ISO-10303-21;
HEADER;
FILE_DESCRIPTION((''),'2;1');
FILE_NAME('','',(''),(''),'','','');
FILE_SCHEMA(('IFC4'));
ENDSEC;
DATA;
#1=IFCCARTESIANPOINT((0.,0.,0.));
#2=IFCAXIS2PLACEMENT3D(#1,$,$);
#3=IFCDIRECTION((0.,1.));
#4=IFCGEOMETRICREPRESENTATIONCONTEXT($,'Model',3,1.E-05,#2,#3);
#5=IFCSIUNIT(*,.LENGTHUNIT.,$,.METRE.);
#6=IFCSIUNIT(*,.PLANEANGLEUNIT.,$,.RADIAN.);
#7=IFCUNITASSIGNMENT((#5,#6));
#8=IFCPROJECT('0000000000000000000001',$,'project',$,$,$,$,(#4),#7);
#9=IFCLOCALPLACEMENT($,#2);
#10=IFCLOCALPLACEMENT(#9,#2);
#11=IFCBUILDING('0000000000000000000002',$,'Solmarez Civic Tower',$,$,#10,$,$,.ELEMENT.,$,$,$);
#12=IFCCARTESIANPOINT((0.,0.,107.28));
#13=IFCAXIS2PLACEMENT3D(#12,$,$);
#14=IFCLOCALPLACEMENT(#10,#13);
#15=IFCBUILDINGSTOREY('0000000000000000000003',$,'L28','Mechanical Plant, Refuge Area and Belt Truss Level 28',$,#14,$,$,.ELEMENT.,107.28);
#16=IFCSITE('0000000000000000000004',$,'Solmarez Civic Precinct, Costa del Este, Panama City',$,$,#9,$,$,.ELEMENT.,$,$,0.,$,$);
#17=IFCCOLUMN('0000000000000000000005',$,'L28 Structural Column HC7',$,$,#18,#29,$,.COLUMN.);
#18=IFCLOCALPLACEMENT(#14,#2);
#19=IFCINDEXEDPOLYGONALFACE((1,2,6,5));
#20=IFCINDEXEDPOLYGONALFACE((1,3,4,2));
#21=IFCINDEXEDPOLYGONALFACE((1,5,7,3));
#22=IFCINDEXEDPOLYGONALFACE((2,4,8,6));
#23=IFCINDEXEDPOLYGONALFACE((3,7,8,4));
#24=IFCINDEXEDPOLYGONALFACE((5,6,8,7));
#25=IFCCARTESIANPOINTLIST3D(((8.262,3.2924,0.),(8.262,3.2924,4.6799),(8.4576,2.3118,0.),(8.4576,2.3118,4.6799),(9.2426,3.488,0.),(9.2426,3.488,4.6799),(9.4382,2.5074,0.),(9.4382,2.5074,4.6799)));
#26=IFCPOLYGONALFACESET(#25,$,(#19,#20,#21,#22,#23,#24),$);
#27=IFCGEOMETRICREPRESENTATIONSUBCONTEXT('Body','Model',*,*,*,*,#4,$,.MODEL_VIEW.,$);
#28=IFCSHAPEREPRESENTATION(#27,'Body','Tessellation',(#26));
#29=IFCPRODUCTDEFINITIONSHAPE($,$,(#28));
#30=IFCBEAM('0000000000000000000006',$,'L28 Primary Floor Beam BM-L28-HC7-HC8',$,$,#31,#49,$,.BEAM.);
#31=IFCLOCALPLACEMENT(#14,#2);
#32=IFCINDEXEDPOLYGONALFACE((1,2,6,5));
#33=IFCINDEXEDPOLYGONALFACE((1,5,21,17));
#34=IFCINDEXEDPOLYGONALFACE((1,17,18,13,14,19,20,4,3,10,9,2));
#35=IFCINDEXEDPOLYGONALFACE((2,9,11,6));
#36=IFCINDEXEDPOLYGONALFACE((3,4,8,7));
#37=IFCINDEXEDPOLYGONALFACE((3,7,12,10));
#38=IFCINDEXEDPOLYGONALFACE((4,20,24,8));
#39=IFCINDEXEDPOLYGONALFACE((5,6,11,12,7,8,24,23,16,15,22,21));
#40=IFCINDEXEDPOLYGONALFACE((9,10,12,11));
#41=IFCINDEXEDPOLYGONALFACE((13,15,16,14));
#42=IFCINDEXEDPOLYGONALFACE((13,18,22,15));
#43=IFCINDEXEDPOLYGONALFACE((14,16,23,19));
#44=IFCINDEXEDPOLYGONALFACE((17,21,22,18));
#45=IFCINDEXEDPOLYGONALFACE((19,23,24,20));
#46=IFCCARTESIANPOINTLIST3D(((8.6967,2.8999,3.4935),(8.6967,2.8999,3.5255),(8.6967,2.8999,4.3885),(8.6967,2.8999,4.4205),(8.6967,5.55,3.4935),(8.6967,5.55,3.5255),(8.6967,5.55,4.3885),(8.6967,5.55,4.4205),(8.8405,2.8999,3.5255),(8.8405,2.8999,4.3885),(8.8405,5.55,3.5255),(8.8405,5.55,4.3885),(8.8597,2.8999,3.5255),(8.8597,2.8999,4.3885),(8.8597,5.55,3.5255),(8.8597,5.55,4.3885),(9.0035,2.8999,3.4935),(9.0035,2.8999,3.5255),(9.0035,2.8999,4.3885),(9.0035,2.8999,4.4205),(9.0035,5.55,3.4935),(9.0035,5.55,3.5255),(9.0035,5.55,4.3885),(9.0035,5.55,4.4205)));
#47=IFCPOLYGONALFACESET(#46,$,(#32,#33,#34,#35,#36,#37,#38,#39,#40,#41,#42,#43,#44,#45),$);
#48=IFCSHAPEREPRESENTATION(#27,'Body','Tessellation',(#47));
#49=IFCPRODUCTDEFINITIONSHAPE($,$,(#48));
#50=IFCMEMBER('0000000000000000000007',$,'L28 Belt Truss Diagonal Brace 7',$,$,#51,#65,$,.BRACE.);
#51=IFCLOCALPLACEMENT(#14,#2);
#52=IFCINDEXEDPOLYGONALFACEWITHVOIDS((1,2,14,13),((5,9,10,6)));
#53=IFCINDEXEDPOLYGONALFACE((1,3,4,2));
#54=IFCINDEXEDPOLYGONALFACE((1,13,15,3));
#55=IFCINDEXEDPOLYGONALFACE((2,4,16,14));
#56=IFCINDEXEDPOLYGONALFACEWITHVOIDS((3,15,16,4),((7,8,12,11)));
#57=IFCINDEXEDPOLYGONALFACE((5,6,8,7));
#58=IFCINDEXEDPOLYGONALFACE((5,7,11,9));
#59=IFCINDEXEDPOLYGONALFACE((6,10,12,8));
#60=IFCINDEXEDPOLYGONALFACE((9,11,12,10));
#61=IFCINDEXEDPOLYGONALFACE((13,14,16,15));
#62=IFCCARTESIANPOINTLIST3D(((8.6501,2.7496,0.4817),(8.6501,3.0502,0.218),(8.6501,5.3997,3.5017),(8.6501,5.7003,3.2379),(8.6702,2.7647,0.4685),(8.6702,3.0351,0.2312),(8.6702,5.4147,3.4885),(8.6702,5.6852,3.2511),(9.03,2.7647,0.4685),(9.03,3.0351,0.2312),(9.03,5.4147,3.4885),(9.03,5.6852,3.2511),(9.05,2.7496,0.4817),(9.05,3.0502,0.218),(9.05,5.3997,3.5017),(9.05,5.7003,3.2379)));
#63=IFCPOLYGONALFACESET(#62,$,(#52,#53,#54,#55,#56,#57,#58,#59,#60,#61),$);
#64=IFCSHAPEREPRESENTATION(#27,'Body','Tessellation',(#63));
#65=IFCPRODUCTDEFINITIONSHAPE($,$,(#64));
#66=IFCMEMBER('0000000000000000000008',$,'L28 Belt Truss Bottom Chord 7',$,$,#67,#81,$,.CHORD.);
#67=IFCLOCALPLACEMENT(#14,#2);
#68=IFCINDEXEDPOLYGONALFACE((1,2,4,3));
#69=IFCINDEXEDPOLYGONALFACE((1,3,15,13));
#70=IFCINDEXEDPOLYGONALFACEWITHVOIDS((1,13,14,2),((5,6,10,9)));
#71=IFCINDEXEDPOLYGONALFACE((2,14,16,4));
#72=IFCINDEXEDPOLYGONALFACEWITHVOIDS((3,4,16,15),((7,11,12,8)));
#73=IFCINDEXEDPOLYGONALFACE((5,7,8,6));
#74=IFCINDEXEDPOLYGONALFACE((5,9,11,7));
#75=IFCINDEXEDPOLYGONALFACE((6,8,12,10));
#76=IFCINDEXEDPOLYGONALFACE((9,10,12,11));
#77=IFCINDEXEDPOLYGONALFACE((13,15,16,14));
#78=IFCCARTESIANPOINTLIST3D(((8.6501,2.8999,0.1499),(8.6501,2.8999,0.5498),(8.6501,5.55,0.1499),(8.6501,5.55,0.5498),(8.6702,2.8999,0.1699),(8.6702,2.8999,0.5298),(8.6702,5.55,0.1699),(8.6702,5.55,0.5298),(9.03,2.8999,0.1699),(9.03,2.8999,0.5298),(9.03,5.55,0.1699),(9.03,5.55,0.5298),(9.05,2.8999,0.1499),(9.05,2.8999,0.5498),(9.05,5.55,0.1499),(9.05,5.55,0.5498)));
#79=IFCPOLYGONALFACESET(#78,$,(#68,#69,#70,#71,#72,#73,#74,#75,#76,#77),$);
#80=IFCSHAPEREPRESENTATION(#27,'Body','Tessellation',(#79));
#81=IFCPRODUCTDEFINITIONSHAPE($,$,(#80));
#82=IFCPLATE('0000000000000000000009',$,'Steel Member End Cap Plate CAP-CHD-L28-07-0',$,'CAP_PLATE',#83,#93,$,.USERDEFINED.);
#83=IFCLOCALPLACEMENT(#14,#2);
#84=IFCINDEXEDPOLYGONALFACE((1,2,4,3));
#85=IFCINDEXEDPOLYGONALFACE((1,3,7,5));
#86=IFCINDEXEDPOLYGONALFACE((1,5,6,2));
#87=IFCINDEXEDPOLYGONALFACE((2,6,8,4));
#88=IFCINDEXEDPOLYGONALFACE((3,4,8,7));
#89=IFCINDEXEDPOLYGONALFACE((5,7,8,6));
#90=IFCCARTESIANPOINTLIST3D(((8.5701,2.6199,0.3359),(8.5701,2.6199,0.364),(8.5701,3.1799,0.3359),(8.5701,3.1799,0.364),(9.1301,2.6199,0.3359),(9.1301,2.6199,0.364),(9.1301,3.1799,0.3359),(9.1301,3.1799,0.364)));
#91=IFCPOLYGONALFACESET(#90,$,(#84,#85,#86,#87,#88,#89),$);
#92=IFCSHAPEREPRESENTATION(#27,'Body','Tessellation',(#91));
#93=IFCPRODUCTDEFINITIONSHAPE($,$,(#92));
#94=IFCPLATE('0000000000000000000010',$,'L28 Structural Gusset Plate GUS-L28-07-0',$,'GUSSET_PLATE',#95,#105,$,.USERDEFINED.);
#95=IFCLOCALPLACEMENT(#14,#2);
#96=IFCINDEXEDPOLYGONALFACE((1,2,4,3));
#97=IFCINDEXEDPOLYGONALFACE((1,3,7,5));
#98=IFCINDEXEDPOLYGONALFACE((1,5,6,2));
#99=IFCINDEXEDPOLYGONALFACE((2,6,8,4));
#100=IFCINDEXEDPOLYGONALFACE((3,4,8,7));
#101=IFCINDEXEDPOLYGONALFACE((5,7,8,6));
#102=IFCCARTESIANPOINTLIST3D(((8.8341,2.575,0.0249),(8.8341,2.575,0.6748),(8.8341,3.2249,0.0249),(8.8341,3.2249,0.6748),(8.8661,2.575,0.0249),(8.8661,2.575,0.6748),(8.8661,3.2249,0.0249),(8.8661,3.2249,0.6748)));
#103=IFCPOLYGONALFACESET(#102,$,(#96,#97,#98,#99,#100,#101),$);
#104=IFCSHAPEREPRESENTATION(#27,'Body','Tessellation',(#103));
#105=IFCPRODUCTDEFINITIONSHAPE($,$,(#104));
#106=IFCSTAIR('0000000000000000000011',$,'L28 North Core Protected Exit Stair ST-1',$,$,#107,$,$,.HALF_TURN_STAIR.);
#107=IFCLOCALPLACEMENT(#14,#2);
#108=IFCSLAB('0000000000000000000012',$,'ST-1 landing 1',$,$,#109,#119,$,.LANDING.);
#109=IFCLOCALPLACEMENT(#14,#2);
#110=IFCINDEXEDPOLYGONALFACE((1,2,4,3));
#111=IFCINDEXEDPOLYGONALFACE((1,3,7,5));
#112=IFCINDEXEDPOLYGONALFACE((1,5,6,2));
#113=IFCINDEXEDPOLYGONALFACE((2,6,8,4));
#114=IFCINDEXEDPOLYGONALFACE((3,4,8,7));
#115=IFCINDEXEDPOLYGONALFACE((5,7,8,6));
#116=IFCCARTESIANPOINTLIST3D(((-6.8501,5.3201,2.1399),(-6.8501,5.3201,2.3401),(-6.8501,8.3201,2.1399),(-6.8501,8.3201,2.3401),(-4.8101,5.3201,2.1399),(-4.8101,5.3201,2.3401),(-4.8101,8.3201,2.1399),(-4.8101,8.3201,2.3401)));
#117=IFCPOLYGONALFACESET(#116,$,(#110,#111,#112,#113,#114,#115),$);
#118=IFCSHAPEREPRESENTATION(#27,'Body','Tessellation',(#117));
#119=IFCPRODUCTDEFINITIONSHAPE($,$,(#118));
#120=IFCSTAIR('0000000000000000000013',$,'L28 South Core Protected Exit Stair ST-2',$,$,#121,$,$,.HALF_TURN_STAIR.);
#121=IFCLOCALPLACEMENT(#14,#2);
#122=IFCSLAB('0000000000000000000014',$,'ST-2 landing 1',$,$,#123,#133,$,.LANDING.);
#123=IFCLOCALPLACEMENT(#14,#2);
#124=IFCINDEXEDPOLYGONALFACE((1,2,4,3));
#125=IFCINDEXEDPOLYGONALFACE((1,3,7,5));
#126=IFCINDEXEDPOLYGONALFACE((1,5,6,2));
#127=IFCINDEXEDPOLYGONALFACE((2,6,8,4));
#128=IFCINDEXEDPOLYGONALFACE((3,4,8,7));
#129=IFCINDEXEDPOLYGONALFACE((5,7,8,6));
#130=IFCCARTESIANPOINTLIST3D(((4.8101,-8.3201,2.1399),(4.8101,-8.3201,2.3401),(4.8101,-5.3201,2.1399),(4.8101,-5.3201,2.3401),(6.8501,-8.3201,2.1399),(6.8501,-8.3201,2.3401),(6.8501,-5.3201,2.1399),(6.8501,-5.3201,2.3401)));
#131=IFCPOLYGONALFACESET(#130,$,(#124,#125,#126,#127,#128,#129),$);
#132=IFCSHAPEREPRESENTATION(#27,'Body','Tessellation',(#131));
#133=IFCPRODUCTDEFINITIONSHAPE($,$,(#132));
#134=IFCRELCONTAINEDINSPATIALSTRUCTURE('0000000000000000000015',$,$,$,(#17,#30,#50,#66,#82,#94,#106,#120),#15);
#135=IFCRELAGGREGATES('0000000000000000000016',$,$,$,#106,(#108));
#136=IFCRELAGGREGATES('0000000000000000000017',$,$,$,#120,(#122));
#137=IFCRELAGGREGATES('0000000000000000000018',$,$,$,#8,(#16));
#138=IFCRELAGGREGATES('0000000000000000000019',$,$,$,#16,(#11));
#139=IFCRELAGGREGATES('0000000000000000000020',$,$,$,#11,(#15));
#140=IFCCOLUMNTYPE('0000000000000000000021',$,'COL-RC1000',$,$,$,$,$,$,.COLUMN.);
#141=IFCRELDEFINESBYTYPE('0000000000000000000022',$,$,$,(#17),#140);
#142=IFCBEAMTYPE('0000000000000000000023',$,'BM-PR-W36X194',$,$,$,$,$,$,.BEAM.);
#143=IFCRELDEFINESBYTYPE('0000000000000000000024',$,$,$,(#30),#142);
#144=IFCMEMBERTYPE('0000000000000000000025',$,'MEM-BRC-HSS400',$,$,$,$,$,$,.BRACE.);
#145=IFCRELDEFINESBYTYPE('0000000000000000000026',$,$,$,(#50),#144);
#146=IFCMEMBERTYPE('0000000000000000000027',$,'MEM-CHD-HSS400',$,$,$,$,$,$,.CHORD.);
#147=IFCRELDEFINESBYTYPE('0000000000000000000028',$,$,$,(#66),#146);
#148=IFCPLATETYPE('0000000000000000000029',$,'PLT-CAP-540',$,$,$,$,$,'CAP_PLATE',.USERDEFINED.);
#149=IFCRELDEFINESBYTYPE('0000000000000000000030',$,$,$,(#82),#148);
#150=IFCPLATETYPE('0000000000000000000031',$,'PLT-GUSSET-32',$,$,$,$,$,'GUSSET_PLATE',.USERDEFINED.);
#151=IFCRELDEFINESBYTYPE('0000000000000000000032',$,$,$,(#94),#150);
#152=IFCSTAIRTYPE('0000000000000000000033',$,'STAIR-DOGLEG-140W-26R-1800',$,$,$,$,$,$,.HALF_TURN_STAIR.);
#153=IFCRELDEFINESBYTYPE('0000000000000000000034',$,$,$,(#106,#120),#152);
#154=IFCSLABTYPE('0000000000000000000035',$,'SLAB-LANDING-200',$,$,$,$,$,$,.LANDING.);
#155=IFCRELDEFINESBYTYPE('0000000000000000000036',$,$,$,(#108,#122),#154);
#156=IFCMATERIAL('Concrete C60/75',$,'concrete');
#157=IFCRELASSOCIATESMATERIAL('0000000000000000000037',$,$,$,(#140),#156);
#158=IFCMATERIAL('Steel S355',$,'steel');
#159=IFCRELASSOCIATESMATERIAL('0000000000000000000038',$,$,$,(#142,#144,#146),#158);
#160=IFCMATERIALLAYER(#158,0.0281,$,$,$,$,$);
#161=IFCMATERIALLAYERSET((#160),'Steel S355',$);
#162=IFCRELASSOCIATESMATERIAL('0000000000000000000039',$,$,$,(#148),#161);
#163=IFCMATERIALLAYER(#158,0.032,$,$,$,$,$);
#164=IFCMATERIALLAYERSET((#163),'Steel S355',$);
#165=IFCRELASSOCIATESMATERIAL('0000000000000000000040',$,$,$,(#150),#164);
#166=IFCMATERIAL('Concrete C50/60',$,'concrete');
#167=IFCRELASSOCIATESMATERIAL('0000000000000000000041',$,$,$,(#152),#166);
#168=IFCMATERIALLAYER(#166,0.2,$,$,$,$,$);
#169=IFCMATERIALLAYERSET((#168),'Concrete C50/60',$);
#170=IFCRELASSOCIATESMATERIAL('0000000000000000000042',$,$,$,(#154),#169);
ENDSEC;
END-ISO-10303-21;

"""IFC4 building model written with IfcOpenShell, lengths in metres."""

from ifc_helpers import new_model, si_unit, direction, frame, origin, origin_2d, place, context, subcontext, project, spatial, polyline, rectangle, hollow_rectangle, i_section, outline, extrude, material, layer, layer_set, material_profile, profile_set, type_object, element, aggregate, save


model = new_model("IFC4")

# Units and contexts
model_context = context("Model", 3, precision=1e-05, world=origin(), true_north=direction((0.0, 1.0)))
body_context = subcontext(model_context, "Body", "Model", "MODEL_VIEW")
ifc_project = project(units=[si_unit("LENGTHUNIT", "METRE"), si_unit("PLANEANGLEUNIT", "RADIAN")], contexts=[model_context])

# Site, building, storey
site_placement = place(None, origin())
site = spatial("IfcSite", under=ifc_project, at=site_placement, Name="Solmarez Civic Precinct, Costa del Este, Panama City", CompositionType="ELEMENT", RefElevation=0.0)
building_placement = place(site_placement, origin())
building = spatial("IfcBuilding", under=site, at=building_placement, Name="Solmarez Civic Tower", CompositionType="ELEMENT")
storey_placement = place(building_placement, frame((0.0, 0.0, 107.28)))
storey = spatial("IfcBuildingStorey", under=building, at=storey_placement, Name="L28", Description="Mechanical Plant, Refuge Area and Belt Truss Level 28", CompositionType="ELEMENT", Elevation=107.28)

# Column
ifc_material_1 = material(Name="Concrete C60/75", Category="concrete")
ifc_material_profile_1 = material_profile(ifc_material_1, rectangle(XDim=1.0, YDim=1.0, at=origin_2d()), Name="RC1000X1000")
ifc_profile_set_1 = profile_set([ifc_material_profile_1], Name="Concrete C60/75")
column_type = type_object("IfcColumnType", Name="COL-RC1000", PredefinedType="COLUMN", material=ifc_profile_set_1)
column_placement = place(storey_placement, frame((8.8501, 2.8999, 0.0), z_axis=(0.0, 0.0, 1.0), x_axis=(0.980683, 0.195604, 0.0)))
element("IfcColumn", 1, at=column_placement, inside=storey, type_object=column_type, Name="L28 Structural Column HC7", PredefinedType="COLUMN", context=body_context, shape_type="SweptSolid", body=[
    extrude(rectangle(XDim=1.0, YDim=1.0, at=origin_2d()), origin(), (0.0, 0.0, 1.0), 4.6799),
])

# Beam
ifc_material_2 = material(Name="Steel S355", Category="steel")
ifc_material_profile_2 = material_profile(ifc_material_2, i_section(OverallWidth=0.3069, OverallDepth=0.927, WebThickness=0.0193, FlangeThickness=0.032, at=origin_2d()), Name="W36X194")
ifc_profile_set_2 = profile_set([ifc_material_profile_2], Name="Steel S355")
beam_type = type_object("IfcBeamType", Name="BM-PR-W36X194", PredefinedType="BEAM", material=ifc_profile_set_2)
beam_placement = place(storey_placement, frame((8.8501, 2.8999, 3.957), z_axis=(0.0, 1.0, 0.0), x_axis=(-1.0, 0.0, 0.0)))
element("IfcBeam", 2, at=beam_placement, inside=storey, type_object=beam_type, Name="L28 Primary Floor Beam BM-L28-HC7-HC8", PredefinedType="BEAM", context=body_context, shape_type="SweptSolid", body=[
    extrude(i_section(OverallWidth=0.3069, OverallDepth=0.927, WebThickness=0.0193, FlangeThickness=0.032, at=origin_2d()), origin(), (0.0, 0.0, 1.0), 2.6501),
])

# Members
ifc_material_profile_3 = material_profile(ifc_material_2, hollow_rectangle(XDim=0.3999, YDim=0.3999, WallThickness=0.02, at=origin_2d()), Name="HSS400X400X20")
ifc_profile_set_3 = profile_set([ifc_material_profile_3], Name="Steel S355")
member_type_1 = type_object("IfcMemberType", Name="MEM-BRC-HSS400", PredefinedType="BRACE", material=ifc_profile_set_3)
member_1_placement = place(storey_placement, frame((8.8501, 2.8999, 0.3499), z_axis=(0.0, 0.659579, 0.751635), x_axis=(-1.0, 0.0, 0.0)))
element("IfcMember", 3, at=member_1_placement, inside=storey, type_object=member_type_1, Name="L28 Belt Truss Diagonal Brace 7", PredefinedType="BRACE", context=body_context, shape_type="SweptSolid", body=[
    extrude(hollow_rectangle(XDim=0.3999, YDim=0.3999, WallThickness=0.02, at=origin_2d()), origin(), (0.0, 0.0, 1.0), 4.0178),
])
ifc_material_profile_4 = material_profile(ifc_material_2, hollow_rectangle(XDim=0.3999, YDim=0.3999, WallThickness=0.02, at=origin_2d()), Name="HSS400X400X20")
ifc_profile_set_4 = profile_set([ifc_material_profile_4], Name="Steel S355")
member_type_2 = type_object("IfcMemberType", Name="MEM-CHD-HSS400", PredefinedType="CHORD", material=ifc_profile_set_4)
member_2_placement = place(storey_placement, frame((8.8501, 2.8999, 0.3499), z_axis=(0.0, 1.0, 0.0), x_axis=(-1.0, 0.0, 0.0)))
element("IfcMember", 4, at=member_2_placement, inside=storey, type_object=member_type_2, Name="L28 Belt Truss Bottom Chord 7", PredefinedType="CHORD", context=body_context, shape_type="SweptSolid", body=[
    extrude(hollow_rectangle(XDim=0.3999, YDim=0.3999, WallThickness=0.02, at=origin_2d()), origin(), (0.0, 0.0, 1.0), 2.6501),
])

# Plates
ifc_layer_1 = layer(ifc_material_2, 0.0281)
ifc_layer_set_1 = layer_set([ifc_layer_1], Name="Steel S355")
plate_type_1 = type_object("IfcPlateType", Name="PLT-CAP-540", ElementType="CAP_PLATE", PredefinedType="USERDEFINED", material=ifc_layer_set_1)
plate_1_placement = place(storey_placement, frame((8.8501, 2.8999, 0.3359), z_axis=(0.0, 0.0, 1.0), x_axis=(1.0, 0.0, 0.0)))
element("IfcPlate", 5, at=plate_1_placement, inside=storey, type_object=plate_type_1, Name="Steel Member End Cap Plate CAP-CHD-L28-07-0", ObjectType="CAP_PLATE", PredefinedType="USERDEFINED", context=body_context, shape_type="SweptSolid", body=[
    extrude(rectangle(XDim=0.5601, YDim=0.5601, at=origin_2d()), origin(), (0.0, 0.0, 1.0), 0.0281),
])
ifc_layer_2 = layer(ifc_material_2, 0.032)
ifc_layer_set_2 = layer_set([ifc_layer_2], Name="Steel S355")
plate_type_2 = type_object("IfcPlateType", Name="PLT-GUSSET-32", ElementType="GUSSET_PLATE", PredefinedType="USERDEFINED", material=ifc_layer_set_2)
plate_2_placement = place(storey_placement, frame((8.8501, 2.8999, 0.0249), z_axis=(0.0, 0.0, 1.0), x_axis=(0.0, 1.0, 0.0)))
element("IfcPlate", 6, at=plate_2_placement, inside=storey, type_object=plate_type_2, Name="L28 Structural Gusset Plate GUS-L28-07-0", ObjectType="GUSSET_PLATE", PredefinedType="USERDEFINED", context=body_context, shape_type="SweptSolid", body=[
    extrude(rectangle(XDim=0.6499, YDim=0.032, at=origin_2d()), origin(), (0.0, 0.0, 1.0), 0.6499),
])

# Stairs, slabs
ifc_material_3 = material(Name="Concrete C50/60", Category="concrete")
stair_type = type_object("IfcStairType", Name="STAIR-DOGLEG-140W-26R-1800", PredefinedType="HALF_TURN_STAIR", material=ifc_material_3)
stair_1_placement = place(storey_placement, origin())
stair_1 = element("IfcStair", 7, at=stair_1_placement, inside=storey, type_object=stair_type, Name="L28 North Core Protected Exit Stair ST-1", PredefinedType="HALF_TURN_STAIR")
ifc_layer_3 = layer(ifc_material_3, 0.2)
ifc_layer_set_3 = layer_set([ifc_layer_3], Name="Concrete C50/60")
slab_type_1 = type_object("IfcSlabType", Name="SLAB-LANDING-200", PredefinedType="LANDING", material=ifc_layer_set_3)
slab_1_placement = place(storey_placement, frame((0.0, 0.0, 2.1399)))
slab_1 = element("IfcSlab", 8, at=slab_1_placement, type_object=slab_type_1, Name="ST-1 landing 1", PredefinedType="LANDING", context=body_context, shape_type="SweptSolid", body=[
    extrude(outline(polyline([(-4.8101, 8.3201), (-6.8501, 8.3201), (-6.8501, 5.3201), (-4.8101, 5.3201), (-4.8101, 8.3201)])), origin(), (0.0, 0.0, 1.0), 0.2002),
])
aggregate(stair_1, [slab_1])
stair_2_placement = place(storey_placement, origin())
stair_2 = element("IfcStair", 9, at=stair_2_placement, inside=storey, type_object=stair_type, Name="L28 South Core Protected Exit Stair ST-2", PredefinedType="HALF_TURN_STAIR")
slab_2_placement = place(storey_placement, frame((0.0, 0.0, 2.1399)))
slab_2 = element("IfcSlab", 10, at=slab_2_placement, type_object=slab_type_1, Name="ST-2 landing 1", PredefinedType="LANDING", context=body_context, shape_type="SweptSolid", body=[
    extrude(outline(polyline([(4.8101, -8.3201), (6.8501, -8.3201), (6.8501, -5.3201), (4.8101, -5.3201), (4.8101, -8.3201)])), origin(), (0.0, 0.0, 1.0), 0.2002),
])
aggregate(stair_2, [slab_2])

save(model, "model.ifc")
